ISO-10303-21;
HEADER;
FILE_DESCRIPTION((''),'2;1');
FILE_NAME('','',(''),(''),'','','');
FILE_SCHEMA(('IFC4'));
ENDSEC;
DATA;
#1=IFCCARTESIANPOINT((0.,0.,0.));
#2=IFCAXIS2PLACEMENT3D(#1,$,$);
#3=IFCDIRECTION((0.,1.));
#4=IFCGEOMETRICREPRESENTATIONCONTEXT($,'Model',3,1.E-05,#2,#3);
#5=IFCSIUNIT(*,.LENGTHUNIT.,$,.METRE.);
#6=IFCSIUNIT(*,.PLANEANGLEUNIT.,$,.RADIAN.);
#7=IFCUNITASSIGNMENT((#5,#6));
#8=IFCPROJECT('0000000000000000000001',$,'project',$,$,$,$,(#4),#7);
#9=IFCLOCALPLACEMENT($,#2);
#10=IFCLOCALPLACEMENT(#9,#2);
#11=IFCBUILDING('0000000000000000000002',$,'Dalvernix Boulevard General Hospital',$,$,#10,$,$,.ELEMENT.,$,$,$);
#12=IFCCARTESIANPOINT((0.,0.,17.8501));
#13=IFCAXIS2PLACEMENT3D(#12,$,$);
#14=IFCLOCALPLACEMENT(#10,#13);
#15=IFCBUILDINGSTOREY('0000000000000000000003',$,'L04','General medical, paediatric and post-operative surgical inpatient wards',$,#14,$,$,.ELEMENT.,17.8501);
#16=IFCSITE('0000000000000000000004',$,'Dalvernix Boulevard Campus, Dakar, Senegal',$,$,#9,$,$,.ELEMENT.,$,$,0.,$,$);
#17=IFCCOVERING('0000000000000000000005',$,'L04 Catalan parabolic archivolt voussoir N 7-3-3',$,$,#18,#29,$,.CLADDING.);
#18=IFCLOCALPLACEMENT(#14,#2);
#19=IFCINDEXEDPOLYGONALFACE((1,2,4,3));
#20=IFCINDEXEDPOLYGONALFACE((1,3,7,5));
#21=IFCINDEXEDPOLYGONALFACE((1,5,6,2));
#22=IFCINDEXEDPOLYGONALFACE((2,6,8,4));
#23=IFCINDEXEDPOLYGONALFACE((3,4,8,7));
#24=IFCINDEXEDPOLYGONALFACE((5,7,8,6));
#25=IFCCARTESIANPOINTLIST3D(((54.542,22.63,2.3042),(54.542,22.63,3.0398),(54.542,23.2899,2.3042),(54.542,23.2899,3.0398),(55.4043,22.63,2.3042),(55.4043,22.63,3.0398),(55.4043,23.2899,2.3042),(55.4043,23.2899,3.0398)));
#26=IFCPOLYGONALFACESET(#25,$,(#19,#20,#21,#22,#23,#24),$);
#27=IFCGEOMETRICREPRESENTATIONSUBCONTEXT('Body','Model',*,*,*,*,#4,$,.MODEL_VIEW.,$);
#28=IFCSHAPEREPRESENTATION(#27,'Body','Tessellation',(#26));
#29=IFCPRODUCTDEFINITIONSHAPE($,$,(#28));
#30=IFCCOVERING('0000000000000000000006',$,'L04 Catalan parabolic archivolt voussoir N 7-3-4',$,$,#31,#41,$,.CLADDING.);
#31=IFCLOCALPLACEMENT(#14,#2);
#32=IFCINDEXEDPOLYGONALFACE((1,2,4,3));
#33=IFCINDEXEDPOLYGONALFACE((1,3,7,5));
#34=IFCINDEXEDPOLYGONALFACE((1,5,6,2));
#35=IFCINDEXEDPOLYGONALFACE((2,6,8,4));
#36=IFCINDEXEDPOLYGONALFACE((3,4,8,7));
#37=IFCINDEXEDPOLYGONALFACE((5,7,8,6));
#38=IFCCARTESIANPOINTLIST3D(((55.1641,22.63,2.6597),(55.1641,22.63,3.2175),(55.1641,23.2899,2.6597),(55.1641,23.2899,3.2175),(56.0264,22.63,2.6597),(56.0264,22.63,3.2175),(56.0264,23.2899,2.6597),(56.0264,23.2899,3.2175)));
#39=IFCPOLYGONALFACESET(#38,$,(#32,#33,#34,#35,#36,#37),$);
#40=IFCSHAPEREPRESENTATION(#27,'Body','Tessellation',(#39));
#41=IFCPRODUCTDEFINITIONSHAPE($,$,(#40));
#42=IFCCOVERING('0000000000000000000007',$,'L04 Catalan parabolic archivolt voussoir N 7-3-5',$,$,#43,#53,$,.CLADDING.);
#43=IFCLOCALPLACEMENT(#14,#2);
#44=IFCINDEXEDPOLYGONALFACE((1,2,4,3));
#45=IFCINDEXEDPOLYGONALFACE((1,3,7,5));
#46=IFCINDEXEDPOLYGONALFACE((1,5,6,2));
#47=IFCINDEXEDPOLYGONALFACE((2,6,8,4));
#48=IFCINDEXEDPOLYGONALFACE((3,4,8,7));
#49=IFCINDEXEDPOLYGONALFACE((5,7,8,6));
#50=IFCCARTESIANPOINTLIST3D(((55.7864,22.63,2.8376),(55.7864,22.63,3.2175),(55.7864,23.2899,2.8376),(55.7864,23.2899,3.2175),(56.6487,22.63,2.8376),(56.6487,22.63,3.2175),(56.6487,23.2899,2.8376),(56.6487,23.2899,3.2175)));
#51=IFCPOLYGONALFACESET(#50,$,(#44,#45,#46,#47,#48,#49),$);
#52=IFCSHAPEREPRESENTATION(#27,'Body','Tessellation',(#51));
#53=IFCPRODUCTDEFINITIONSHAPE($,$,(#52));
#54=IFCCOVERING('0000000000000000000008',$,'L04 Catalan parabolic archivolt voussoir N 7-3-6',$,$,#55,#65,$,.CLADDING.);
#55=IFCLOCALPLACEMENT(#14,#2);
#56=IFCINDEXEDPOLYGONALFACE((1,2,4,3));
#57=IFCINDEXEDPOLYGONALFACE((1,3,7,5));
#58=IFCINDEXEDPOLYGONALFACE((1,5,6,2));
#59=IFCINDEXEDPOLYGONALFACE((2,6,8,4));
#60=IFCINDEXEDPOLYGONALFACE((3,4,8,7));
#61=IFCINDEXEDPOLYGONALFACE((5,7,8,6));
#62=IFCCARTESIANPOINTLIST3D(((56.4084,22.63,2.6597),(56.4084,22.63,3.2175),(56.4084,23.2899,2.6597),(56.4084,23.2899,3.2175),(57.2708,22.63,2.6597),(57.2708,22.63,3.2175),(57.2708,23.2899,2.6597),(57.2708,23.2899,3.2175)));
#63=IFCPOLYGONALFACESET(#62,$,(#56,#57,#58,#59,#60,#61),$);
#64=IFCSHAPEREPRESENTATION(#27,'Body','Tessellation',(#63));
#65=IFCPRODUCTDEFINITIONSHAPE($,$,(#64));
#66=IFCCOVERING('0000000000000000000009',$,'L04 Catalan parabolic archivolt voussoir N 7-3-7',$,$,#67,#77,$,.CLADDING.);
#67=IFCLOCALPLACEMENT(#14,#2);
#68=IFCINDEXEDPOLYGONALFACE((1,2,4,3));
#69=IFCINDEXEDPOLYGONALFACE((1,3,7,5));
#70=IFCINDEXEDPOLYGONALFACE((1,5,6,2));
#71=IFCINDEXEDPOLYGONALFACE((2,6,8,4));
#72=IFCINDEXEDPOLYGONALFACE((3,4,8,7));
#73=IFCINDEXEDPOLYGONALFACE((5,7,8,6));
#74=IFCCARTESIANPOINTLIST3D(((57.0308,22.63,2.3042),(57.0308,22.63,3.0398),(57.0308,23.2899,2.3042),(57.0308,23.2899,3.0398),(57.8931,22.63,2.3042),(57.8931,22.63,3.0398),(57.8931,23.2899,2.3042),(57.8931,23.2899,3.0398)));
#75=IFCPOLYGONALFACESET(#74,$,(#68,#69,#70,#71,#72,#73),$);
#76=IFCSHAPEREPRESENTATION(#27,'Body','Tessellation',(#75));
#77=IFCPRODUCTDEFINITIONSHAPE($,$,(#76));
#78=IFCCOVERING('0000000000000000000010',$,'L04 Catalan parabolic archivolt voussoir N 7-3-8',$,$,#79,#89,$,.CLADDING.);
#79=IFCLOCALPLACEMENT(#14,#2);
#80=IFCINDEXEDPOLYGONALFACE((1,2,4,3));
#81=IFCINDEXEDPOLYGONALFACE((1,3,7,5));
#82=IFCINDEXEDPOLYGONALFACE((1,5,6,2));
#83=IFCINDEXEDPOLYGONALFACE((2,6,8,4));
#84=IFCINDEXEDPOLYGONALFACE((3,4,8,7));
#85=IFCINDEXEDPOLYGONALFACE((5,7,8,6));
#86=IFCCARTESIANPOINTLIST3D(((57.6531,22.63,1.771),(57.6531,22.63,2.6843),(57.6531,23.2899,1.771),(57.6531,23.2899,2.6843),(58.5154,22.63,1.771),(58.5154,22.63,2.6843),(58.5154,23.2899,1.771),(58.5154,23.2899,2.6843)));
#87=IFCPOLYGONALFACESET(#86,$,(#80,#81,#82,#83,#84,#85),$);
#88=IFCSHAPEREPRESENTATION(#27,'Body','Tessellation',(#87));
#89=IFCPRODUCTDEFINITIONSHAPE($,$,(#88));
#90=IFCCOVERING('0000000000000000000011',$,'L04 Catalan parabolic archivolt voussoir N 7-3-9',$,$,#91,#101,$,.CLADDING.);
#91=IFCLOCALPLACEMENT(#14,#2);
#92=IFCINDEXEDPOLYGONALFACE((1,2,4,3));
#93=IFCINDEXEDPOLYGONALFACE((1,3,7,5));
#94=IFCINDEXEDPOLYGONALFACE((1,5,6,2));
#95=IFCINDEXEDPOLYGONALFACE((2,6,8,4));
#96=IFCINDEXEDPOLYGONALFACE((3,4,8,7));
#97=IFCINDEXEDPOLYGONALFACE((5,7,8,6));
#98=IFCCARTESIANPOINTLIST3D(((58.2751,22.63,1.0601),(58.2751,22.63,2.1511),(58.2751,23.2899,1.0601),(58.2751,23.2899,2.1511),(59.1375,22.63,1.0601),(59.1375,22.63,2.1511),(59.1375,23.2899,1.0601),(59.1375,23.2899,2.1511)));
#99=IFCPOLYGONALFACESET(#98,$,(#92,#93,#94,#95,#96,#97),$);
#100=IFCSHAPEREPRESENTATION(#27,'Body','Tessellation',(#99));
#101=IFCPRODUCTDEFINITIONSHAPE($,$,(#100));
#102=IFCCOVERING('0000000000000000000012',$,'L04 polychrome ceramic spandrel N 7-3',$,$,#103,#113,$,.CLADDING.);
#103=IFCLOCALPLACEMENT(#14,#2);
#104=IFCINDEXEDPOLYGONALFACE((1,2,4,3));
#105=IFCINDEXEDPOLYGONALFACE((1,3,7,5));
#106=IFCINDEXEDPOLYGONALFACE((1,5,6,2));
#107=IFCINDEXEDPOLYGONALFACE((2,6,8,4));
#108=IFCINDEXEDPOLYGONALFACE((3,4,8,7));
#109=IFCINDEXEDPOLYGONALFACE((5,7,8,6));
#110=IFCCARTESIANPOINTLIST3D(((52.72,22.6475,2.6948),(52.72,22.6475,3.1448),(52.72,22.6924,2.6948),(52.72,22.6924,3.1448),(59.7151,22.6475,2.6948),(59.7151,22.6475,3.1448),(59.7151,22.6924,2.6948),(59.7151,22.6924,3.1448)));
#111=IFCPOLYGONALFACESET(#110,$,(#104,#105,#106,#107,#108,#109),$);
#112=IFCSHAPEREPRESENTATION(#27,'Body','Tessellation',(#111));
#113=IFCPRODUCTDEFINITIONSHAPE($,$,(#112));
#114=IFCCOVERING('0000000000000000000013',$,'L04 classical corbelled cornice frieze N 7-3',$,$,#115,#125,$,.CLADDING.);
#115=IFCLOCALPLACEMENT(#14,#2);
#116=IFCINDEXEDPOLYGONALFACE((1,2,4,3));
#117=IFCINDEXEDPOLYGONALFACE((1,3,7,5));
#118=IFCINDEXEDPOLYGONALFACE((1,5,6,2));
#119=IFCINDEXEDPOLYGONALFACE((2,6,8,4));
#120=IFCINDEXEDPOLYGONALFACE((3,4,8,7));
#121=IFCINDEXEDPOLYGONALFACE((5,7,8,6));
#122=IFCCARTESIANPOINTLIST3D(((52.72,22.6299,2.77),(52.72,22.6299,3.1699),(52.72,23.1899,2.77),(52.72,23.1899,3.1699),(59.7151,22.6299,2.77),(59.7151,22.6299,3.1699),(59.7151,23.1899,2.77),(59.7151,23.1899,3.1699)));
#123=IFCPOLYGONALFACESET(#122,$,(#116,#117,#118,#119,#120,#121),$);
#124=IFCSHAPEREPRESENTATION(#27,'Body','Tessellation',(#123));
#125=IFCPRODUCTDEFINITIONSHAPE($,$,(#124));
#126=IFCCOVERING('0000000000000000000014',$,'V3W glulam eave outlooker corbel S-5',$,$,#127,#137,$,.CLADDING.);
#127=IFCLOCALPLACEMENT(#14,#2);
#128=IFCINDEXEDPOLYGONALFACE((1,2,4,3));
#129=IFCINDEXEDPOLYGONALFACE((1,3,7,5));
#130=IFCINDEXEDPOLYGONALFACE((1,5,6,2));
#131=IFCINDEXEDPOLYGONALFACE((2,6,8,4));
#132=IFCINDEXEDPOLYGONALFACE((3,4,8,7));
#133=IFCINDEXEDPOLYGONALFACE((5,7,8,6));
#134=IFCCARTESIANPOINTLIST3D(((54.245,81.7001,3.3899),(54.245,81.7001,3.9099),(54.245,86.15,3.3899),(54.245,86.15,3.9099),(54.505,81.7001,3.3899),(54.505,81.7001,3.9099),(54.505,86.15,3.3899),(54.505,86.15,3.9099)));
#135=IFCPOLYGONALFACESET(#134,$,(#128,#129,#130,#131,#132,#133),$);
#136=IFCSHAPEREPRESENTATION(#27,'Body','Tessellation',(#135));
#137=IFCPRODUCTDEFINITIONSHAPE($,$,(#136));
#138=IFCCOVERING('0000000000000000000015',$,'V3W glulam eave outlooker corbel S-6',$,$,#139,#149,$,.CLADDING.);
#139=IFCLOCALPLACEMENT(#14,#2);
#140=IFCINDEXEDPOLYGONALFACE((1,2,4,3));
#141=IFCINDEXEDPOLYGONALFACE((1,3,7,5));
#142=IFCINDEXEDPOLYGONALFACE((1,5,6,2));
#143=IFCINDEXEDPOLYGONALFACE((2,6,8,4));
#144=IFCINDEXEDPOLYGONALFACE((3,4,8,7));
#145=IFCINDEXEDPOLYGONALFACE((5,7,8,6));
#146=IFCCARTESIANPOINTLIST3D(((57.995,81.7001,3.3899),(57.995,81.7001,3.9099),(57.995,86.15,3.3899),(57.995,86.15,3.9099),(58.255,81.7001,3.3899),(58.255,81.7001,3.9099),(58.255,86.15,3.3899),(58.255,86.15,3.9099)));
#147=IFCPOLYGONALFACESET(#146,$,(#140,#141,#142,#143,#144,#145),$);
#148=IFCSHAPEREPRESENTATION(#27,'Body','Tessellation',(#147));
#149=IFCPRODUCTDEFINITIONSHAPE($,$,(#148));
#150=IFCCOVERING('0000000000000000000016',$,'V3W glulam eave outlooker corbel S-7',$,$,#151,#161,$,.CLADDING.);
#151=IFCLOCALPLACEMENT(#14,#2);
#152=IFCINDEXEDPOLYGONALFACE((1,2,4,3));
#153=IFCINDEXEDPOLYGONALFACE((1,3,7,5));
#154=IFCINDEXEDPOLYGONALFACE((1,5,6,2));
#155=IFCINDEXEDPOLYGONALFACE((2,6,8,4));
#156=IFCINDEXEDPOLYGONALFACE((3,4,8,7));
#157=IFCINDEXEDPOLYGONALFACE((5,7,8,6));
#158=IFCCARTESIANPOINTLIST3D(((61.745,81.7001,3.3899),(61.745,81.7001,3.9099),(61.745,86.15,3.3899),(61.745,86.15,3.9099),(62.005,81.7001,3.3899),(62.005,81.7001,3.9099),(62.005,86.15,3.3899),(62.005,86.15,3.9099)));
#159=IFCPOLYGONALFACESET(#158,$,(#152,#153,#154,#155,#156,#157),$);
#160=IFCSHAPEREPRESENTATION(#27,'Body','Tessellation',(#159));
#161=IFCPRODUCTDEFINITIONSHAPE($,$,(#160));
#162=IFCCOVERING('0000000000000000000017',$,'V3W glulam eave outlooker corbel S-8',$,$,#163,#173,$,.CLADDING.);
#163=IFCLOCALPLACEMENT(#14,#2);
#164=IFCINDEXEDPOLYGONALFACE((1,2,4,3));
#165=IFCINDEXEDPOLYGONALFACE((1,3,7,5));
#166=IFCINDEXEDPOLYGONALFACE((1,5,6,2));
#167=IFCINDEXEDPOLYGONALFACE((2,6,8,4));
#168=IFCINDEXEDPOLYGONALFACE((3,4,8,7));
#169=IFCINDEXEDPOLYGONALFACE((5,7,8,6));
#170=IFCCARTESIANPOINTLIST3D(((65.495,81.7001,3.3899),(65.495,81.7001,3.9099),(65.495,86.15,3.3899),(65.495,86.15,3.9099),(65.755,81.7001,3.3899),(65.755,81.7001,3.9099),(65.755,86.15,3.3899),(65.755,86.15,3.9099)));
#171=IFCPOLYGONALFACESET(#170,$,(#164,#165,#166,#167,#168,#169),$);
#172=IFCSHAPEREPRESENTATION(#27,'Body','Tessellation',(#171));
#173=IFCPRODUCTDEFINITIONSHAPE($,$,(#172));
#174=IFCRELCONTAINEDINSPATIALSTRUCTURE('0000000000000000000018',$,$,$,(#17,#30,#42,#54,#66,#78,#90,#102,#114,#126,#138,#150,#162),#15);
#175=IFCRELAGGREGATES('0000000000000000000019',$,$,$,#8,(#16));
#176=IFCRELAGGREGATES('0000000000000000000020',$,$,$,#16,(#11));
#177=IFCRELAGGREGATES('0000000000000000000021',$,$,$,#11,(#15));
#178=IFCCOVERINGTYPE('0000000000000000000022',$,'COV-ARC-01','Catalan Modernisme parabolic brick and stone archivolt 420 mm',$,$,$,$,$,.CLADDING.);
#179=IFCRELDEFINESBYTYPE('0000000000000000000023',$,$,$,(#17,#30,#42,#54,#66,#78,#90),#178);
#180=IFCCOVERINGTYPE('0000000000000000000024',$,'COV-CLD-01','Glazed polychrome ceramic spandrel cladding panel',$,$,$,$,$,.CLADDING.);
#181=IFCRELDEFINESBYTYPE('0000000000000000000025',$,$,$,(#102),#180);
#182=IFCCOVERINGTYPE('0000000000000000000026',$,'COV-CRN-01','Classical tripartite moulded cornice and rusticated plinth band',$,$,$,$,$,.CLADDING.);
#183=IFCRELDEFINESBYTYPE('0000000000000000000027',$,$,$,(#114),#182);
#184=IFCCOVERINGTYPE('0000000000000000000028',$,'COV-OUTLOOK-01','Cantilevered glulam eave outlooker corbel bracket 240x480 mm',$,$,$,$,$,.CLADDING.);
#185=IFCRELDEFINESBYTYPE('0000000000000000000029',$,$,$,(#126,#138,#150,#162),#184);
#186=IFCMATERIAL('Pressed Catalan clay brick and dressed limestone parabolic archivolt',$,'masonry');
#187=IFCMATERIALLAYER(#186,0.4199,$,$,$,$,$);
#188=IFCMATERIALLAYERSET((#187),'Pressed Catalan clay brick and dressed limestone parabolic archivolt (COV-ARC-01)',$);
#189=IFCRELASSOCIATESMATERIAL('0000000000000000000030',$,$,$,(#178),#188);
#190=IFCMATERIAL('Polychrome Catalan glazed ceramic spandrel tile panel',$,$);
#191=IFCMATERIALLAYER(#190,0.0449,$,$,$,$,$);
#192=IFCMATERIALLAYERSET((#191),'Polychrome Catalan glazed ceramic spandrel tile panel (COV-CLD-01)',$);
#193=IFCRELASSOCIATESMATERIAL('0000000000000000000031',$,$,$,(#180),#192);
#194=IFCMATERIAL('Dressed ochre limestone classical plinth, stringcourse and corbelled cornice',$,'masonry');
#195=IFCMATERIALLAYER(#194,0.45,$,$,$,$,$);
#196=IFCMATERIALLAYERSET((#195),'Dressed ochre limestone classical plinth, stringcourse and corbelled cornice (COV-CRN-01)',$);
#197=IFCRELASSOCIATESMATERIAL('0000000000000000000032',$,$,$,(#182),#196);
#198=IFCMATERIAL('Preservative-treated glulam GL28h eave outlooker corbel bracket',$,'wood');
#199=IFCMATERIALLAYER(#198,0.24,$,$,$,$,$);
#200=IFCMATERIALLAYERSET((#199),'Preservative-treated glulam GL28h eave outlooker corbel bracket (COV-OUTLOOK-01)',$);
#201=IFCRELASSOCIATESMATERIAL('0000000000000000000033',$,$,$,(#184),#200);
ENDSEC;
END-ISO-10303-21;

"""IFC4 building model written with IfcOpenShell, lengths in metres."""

from ifc_helpers import new_model, si_unit, direction, frame, origin, origin_2d, place, context, subcontext, project, spatial, rectangle, extrude, material, layer, layer_set, type_object, element, save


model = new_model("IFC4")

# Units and contexts
model_context = context("Model", 3, precision=1e-05, world=origin(), true_north=direction((0.0, 1.0)))
body_context = subcontext(model_context, "Body", "Model", "MODEL_VIEW")
ifc_project = project(units=[si_unit("LENGTHUNIT", "METRE"), si_unit("PLANEANGLEUNIT", "RADIAN")], contexts=[model_context])

# Site, building, storey
site_placement = place(None, origin())
site = spatial("IfcSite", under=ifc_project, at=site_placement, Name="Dalvernix Boulevard Campus, Dakar, Senegal", CompositionType="ELEMENT", RefElevation=0.0)
building_placement = place(site_placement, origin())
building = spatial("IfcBuilding", under=site, at=building_placement, Name="Dalvernix Boulevard General Hospital", CompositionType="ELEMENT")
storey_placement = place(building_placement, frame((0.0, 0.0, 17.8501)))
storey = spatial("IfcBuildingStorey", under=building, at=storey_placement, Name="L04", Description="General medical, paediatric and post-operative surgical inpatient wards", CompositionType="ELEMENT", Elevation=17.8501)

# Coverings
ifc_material_1 = material(Name="Pressed Catalan clay brick and dressed limestone parabolic archivolt", Category="masonry")
ifc_layer_1 = layer(ifc_material_1, 0.4199)
ifc_layer_set_1 = layer_set([ifc_layer_1], Name="Pressed Catalan clay brick and dressed limestone parabolic archivolt (COV-ARC-01)")
covering_type_1 = type_object("IfcCoveringType", Name="COV-ARC-01", Description="Catalan Modernisme parabolic brick and stone archivolt 420 mm", PredefinedType="CLADDING", material=ifc_layer_set_1)
covering_1_placement = place(storey_placement, frame((54.9731, 22.96, 2.3042), z_axis=(0.0, 0.0, 1.0), x_axis=(1.0, 0.0, 0.0)))
element("IfcCovering", 1, at=covering_1_placement, inside=storey, type_object=covering_type_1, Name="L04 Catalan parabolic archivolt voussoir N 7-3-3", PredefinedType="CLADDING", context=body_context, shape_type="SweptSolid", body=[
    extrude(rectangle(XDim=0.8623, YDim=0.6599, at=origin_2d()), origin(), (0.0, 0.0, 1.0), 0.7356),
])
covering_2_placement = place(storey_placement, frame((55.5952, 22.96, 2.6597), z_axis=(0.0, 0.0, 1.0), x_axis=(1.0, 0.0, 0.0)))
element("IfcCovering", 2, at=covering_2_placement, inside=storey, type_object=covering_type_1, Name="L04 Catalan parabolic archivolt voussoir N 7-3-4", PredefinedType="CLADDING", context=body_context, shape_type="SweptSolid", body=[
    extrude(rectangle(XDim=0.8623, YDim=0.6599, at=origin_2d()), origin(), (0.0, 0.0, 1.0), 0.5579),
])
covering_3_placement = place(storey_placement, frame((56.2175, 22.96, 2.8376), z_axis=(0.0, 0.0, 1.0), x_axis=(1.0, 0.0, 0.0)))
element("IfcCovering", 3, at=covering_3_placement, inside=storey, type_object=covering_type_1, Name="L04 Catalan parabolic archivolt voussoir N 7-3-5", PredefinedType="CLADDING", context=body_context, shape_type="SweptSolid", body=[
    extrude(rectangle(XDim=0.8623, YDim=0.6599, at=origin_2d()), origin(), (0.0, 0.0, 1.0), 0.3799),
])
covering_4_placement = place(storey_placement, frame((56.8396, 22.96, 2.6597), z_axis=(0.0, 0.0, 1.0), x_axis=(1.0, 0.0, 0.0)))
element("IfcCovering", 4, at=covering_4_placement, inside=storey, type_object=covering_type_1, Name="L04 Catalan parabolic archivolt voussoir N 7-3-6", PredefinedType="CLADDING", context=body_context, shape_type="SweptSolid", body=[
    extrude(rectangle(XDim=0.8623, YDim=0.6599, at=origin_2d()), origin(), (0.0, 0.0, 1.0), 0.5579),
])
covering_5_placement = place(storey_placement, frame((57.4619, 22.96, 2.3042), z_axis=(0.0, 0.0, 1.0), x_axis=(1.0, 0.0, 0.0)))
element("IfcCovering", 5, at=covering_5_placement, inside=storey, type_object=covering_type_1, Name="L04 Catalan parabolic archivolt voussoir N 7-3-7", PredefinedType="CLADDING", context=body_context, shape_type="SweptSolid", body=[
    extrude(rectangle(XDim=0.8623, YDim=0.6599, at=origin_2d()), origin(), (0.0, 0.0, 1.0), 0.7356),
])
covering_6_placement = place(storey_placement, frame((58.0842, 22.96, 1.771), z_axis=(0.0, 0.0, 1.0), x_axis=(1.0, 0.0, 0.0)))
element("IfcCovering", 6, at=covering_6_placement, inside=storey, type_object=covering_type_1, Name="L04 Catalan parabolic archivolt voussoir N 7-3-8", PredefinedType="CLADDING", context=body_context, shape_type="SweptSolid", body=[
    extrude(rectangle(XDim=0.8623, YDim=0.6599, at=origin_2d()), origin(), (0.0, 0.0, 1.0), 0.9133),
])
covering_7_placement = place(storey_placement, frame((58.7063, 22.96, 1.0601), z_axis=(0.0, 0.0, 1.0), x_axis=(1.0, 0.0, 0.0)))
element("IfcCovering", 7, at=covering_7_placement, inside=storey, type_object=covering_type_1, Name="L04 Catalan parabolic archivolt voussoir N 7-3-9", PredefinedType="CLADDING", context=body_context, shape_type="SweptSolid", body=[
    extrude(rectangle(XDim=0.8623, YDim=0.6599, at=origin_2d()), origin(), (0.0, 0.0, 1.0), 1.0911),
])
ifc_material_2 = material(Name="Polychrome Catalan glazed ceramic spandrel tile panel")
ifc_layer_2 = layer(ifc_material_2, 0.0449)
ifc_layer_set_2 = layer_set([ifc_layer_2], Name="Polychrome Catalan glazed ceramic spandrel tile panel (COV-CLD-01)")
covering_type_2 = type_object("IfcCoveringType", Name="COV-CLD-01", Description="Glazed polychrome ceramic spandrel cladding panel", PredefinedType="CLADDING", material=ifc_layer_set_2)
covering_8_placement = place(storey_placement, frame((56.2175, 22.6699, 2.6948), z_axis=(0.0, 0.0, 1.0), x_axis=(1.0, 0.0, 0.0)))
element("IfcCovering", 8, at=covering_8_placement, inside=storey, type_object=covering_type_2, Name="L04 polychrome ceramic spandrel N 7-3", PredefinedType="CLADDING", context=body_context, shape_type="SweptSolid", body=[
    extrude(rectangle(XDim=6.9951, YDim=0.0449, at=origin_2d()), origin(), (0.0, 0.0, 1.0), 0.45),
])
ifc_material_3 = material(Name="Dressed ochre limestone classical plinth, stringcourse and corbelled cornice", Category="masonry")
ifc_layer_3 = layer(ifc_material_3, 0.45)
ifc_layer_set_3 = layer_set([ifc_layer_3], Name="Dressed ochre limestone classical plinth, stringcourse and corbelled cornice (COV-CRN-01)")
covering_type_3 = type_object("IfcCoveringType", Name="COV-CRN-01", Description="Classical tripartite moulded cornice and rusticated plinth band", PredefinedType="CLADDING", material=ifc_layer_set_3)
covering_9_placement = place(storey_placement, frame((56.2175, 22.9099, 2.77), z_axis=(0.0, 0.0, 1.0), x_axis=(1.0, 0.0, 0.0)))
element("IfcCovering", 9, at=covering_9_placement, inside=storey, type_object=covering_type_3, Name="L04 classical corbelled cornice frieze N 7-3", PredefinedType="CLADDING", context=body_context, shape_type="SweptSolid", body=[
    extrude(rectangle(XDim=6.9951, YDim=0.5601, at=origin_2d()), origin(), (0.0, 0.0, 1.0), 0.3999),
])
ifc_material_4 = material(Name="Preservative-treated glulam GL28h eave outlooker corbel bracket", Category="wood")
ifc_layer_4 = layer(ifc_material_4, 0.24)
ifc_layer_set_4 = layer_set([ifc_layer_4], Name="Preservative-treated glulam GL28h eave outlooker corbel bracket (COV-OUTLOOK-01)")
covering_type_4 = type_object("IfcCoveringType", Name="COV-OUTLOOK-01", Description="Cantilevered glulam eave outlooker corbel bracket 240x480 mm", PredefinedType="CLADDING", material=ifc_layer_set_4)
for number, where, z_axis, x_axis, name in (
    (10, (54.375, 83.925, 3.3899), (0.0, 0.0, 1.0), (1.0, 0.0, 0.0), "V3W glulam eave outlooker corbel S-5"),
    (11, (58.125, 83.925, 3.3899), (0.0, 0.0, 1.0), (1.0, 0.0, 0.0), "V3W glulam eave outlooker corbel S-6"),
    (12, (61.875, 83.925, 3.3899), (0.0, 0.0, 1.0), (1.0, 0.0, 0.0), "V3W glulam eave outlooker corbel S-7"),
    (13, (65.625, 83.925, 3.3899), (0.0, 0.0, 1.0), (1.0, 0.0, 0.0), "V3W glulam eave outlooker corbel S-8"),
):
    element("IfcCovering", number, at=place(storey_placement, frame(where, z_axis=z_axis, x_axis=x_axis)), inside=storey, type_object=covering_type_4, Name=name, PredefinedType="CLADDING", context=body_context, shape_type="SweptSolid", body=[
        extrude(rectangle(XDim=0.26, YDim=4.45, at=origin_2d()), origin(), (0.0, 0.0, 1.0), 0.52),
    ])

save(model, "model.ifc")
